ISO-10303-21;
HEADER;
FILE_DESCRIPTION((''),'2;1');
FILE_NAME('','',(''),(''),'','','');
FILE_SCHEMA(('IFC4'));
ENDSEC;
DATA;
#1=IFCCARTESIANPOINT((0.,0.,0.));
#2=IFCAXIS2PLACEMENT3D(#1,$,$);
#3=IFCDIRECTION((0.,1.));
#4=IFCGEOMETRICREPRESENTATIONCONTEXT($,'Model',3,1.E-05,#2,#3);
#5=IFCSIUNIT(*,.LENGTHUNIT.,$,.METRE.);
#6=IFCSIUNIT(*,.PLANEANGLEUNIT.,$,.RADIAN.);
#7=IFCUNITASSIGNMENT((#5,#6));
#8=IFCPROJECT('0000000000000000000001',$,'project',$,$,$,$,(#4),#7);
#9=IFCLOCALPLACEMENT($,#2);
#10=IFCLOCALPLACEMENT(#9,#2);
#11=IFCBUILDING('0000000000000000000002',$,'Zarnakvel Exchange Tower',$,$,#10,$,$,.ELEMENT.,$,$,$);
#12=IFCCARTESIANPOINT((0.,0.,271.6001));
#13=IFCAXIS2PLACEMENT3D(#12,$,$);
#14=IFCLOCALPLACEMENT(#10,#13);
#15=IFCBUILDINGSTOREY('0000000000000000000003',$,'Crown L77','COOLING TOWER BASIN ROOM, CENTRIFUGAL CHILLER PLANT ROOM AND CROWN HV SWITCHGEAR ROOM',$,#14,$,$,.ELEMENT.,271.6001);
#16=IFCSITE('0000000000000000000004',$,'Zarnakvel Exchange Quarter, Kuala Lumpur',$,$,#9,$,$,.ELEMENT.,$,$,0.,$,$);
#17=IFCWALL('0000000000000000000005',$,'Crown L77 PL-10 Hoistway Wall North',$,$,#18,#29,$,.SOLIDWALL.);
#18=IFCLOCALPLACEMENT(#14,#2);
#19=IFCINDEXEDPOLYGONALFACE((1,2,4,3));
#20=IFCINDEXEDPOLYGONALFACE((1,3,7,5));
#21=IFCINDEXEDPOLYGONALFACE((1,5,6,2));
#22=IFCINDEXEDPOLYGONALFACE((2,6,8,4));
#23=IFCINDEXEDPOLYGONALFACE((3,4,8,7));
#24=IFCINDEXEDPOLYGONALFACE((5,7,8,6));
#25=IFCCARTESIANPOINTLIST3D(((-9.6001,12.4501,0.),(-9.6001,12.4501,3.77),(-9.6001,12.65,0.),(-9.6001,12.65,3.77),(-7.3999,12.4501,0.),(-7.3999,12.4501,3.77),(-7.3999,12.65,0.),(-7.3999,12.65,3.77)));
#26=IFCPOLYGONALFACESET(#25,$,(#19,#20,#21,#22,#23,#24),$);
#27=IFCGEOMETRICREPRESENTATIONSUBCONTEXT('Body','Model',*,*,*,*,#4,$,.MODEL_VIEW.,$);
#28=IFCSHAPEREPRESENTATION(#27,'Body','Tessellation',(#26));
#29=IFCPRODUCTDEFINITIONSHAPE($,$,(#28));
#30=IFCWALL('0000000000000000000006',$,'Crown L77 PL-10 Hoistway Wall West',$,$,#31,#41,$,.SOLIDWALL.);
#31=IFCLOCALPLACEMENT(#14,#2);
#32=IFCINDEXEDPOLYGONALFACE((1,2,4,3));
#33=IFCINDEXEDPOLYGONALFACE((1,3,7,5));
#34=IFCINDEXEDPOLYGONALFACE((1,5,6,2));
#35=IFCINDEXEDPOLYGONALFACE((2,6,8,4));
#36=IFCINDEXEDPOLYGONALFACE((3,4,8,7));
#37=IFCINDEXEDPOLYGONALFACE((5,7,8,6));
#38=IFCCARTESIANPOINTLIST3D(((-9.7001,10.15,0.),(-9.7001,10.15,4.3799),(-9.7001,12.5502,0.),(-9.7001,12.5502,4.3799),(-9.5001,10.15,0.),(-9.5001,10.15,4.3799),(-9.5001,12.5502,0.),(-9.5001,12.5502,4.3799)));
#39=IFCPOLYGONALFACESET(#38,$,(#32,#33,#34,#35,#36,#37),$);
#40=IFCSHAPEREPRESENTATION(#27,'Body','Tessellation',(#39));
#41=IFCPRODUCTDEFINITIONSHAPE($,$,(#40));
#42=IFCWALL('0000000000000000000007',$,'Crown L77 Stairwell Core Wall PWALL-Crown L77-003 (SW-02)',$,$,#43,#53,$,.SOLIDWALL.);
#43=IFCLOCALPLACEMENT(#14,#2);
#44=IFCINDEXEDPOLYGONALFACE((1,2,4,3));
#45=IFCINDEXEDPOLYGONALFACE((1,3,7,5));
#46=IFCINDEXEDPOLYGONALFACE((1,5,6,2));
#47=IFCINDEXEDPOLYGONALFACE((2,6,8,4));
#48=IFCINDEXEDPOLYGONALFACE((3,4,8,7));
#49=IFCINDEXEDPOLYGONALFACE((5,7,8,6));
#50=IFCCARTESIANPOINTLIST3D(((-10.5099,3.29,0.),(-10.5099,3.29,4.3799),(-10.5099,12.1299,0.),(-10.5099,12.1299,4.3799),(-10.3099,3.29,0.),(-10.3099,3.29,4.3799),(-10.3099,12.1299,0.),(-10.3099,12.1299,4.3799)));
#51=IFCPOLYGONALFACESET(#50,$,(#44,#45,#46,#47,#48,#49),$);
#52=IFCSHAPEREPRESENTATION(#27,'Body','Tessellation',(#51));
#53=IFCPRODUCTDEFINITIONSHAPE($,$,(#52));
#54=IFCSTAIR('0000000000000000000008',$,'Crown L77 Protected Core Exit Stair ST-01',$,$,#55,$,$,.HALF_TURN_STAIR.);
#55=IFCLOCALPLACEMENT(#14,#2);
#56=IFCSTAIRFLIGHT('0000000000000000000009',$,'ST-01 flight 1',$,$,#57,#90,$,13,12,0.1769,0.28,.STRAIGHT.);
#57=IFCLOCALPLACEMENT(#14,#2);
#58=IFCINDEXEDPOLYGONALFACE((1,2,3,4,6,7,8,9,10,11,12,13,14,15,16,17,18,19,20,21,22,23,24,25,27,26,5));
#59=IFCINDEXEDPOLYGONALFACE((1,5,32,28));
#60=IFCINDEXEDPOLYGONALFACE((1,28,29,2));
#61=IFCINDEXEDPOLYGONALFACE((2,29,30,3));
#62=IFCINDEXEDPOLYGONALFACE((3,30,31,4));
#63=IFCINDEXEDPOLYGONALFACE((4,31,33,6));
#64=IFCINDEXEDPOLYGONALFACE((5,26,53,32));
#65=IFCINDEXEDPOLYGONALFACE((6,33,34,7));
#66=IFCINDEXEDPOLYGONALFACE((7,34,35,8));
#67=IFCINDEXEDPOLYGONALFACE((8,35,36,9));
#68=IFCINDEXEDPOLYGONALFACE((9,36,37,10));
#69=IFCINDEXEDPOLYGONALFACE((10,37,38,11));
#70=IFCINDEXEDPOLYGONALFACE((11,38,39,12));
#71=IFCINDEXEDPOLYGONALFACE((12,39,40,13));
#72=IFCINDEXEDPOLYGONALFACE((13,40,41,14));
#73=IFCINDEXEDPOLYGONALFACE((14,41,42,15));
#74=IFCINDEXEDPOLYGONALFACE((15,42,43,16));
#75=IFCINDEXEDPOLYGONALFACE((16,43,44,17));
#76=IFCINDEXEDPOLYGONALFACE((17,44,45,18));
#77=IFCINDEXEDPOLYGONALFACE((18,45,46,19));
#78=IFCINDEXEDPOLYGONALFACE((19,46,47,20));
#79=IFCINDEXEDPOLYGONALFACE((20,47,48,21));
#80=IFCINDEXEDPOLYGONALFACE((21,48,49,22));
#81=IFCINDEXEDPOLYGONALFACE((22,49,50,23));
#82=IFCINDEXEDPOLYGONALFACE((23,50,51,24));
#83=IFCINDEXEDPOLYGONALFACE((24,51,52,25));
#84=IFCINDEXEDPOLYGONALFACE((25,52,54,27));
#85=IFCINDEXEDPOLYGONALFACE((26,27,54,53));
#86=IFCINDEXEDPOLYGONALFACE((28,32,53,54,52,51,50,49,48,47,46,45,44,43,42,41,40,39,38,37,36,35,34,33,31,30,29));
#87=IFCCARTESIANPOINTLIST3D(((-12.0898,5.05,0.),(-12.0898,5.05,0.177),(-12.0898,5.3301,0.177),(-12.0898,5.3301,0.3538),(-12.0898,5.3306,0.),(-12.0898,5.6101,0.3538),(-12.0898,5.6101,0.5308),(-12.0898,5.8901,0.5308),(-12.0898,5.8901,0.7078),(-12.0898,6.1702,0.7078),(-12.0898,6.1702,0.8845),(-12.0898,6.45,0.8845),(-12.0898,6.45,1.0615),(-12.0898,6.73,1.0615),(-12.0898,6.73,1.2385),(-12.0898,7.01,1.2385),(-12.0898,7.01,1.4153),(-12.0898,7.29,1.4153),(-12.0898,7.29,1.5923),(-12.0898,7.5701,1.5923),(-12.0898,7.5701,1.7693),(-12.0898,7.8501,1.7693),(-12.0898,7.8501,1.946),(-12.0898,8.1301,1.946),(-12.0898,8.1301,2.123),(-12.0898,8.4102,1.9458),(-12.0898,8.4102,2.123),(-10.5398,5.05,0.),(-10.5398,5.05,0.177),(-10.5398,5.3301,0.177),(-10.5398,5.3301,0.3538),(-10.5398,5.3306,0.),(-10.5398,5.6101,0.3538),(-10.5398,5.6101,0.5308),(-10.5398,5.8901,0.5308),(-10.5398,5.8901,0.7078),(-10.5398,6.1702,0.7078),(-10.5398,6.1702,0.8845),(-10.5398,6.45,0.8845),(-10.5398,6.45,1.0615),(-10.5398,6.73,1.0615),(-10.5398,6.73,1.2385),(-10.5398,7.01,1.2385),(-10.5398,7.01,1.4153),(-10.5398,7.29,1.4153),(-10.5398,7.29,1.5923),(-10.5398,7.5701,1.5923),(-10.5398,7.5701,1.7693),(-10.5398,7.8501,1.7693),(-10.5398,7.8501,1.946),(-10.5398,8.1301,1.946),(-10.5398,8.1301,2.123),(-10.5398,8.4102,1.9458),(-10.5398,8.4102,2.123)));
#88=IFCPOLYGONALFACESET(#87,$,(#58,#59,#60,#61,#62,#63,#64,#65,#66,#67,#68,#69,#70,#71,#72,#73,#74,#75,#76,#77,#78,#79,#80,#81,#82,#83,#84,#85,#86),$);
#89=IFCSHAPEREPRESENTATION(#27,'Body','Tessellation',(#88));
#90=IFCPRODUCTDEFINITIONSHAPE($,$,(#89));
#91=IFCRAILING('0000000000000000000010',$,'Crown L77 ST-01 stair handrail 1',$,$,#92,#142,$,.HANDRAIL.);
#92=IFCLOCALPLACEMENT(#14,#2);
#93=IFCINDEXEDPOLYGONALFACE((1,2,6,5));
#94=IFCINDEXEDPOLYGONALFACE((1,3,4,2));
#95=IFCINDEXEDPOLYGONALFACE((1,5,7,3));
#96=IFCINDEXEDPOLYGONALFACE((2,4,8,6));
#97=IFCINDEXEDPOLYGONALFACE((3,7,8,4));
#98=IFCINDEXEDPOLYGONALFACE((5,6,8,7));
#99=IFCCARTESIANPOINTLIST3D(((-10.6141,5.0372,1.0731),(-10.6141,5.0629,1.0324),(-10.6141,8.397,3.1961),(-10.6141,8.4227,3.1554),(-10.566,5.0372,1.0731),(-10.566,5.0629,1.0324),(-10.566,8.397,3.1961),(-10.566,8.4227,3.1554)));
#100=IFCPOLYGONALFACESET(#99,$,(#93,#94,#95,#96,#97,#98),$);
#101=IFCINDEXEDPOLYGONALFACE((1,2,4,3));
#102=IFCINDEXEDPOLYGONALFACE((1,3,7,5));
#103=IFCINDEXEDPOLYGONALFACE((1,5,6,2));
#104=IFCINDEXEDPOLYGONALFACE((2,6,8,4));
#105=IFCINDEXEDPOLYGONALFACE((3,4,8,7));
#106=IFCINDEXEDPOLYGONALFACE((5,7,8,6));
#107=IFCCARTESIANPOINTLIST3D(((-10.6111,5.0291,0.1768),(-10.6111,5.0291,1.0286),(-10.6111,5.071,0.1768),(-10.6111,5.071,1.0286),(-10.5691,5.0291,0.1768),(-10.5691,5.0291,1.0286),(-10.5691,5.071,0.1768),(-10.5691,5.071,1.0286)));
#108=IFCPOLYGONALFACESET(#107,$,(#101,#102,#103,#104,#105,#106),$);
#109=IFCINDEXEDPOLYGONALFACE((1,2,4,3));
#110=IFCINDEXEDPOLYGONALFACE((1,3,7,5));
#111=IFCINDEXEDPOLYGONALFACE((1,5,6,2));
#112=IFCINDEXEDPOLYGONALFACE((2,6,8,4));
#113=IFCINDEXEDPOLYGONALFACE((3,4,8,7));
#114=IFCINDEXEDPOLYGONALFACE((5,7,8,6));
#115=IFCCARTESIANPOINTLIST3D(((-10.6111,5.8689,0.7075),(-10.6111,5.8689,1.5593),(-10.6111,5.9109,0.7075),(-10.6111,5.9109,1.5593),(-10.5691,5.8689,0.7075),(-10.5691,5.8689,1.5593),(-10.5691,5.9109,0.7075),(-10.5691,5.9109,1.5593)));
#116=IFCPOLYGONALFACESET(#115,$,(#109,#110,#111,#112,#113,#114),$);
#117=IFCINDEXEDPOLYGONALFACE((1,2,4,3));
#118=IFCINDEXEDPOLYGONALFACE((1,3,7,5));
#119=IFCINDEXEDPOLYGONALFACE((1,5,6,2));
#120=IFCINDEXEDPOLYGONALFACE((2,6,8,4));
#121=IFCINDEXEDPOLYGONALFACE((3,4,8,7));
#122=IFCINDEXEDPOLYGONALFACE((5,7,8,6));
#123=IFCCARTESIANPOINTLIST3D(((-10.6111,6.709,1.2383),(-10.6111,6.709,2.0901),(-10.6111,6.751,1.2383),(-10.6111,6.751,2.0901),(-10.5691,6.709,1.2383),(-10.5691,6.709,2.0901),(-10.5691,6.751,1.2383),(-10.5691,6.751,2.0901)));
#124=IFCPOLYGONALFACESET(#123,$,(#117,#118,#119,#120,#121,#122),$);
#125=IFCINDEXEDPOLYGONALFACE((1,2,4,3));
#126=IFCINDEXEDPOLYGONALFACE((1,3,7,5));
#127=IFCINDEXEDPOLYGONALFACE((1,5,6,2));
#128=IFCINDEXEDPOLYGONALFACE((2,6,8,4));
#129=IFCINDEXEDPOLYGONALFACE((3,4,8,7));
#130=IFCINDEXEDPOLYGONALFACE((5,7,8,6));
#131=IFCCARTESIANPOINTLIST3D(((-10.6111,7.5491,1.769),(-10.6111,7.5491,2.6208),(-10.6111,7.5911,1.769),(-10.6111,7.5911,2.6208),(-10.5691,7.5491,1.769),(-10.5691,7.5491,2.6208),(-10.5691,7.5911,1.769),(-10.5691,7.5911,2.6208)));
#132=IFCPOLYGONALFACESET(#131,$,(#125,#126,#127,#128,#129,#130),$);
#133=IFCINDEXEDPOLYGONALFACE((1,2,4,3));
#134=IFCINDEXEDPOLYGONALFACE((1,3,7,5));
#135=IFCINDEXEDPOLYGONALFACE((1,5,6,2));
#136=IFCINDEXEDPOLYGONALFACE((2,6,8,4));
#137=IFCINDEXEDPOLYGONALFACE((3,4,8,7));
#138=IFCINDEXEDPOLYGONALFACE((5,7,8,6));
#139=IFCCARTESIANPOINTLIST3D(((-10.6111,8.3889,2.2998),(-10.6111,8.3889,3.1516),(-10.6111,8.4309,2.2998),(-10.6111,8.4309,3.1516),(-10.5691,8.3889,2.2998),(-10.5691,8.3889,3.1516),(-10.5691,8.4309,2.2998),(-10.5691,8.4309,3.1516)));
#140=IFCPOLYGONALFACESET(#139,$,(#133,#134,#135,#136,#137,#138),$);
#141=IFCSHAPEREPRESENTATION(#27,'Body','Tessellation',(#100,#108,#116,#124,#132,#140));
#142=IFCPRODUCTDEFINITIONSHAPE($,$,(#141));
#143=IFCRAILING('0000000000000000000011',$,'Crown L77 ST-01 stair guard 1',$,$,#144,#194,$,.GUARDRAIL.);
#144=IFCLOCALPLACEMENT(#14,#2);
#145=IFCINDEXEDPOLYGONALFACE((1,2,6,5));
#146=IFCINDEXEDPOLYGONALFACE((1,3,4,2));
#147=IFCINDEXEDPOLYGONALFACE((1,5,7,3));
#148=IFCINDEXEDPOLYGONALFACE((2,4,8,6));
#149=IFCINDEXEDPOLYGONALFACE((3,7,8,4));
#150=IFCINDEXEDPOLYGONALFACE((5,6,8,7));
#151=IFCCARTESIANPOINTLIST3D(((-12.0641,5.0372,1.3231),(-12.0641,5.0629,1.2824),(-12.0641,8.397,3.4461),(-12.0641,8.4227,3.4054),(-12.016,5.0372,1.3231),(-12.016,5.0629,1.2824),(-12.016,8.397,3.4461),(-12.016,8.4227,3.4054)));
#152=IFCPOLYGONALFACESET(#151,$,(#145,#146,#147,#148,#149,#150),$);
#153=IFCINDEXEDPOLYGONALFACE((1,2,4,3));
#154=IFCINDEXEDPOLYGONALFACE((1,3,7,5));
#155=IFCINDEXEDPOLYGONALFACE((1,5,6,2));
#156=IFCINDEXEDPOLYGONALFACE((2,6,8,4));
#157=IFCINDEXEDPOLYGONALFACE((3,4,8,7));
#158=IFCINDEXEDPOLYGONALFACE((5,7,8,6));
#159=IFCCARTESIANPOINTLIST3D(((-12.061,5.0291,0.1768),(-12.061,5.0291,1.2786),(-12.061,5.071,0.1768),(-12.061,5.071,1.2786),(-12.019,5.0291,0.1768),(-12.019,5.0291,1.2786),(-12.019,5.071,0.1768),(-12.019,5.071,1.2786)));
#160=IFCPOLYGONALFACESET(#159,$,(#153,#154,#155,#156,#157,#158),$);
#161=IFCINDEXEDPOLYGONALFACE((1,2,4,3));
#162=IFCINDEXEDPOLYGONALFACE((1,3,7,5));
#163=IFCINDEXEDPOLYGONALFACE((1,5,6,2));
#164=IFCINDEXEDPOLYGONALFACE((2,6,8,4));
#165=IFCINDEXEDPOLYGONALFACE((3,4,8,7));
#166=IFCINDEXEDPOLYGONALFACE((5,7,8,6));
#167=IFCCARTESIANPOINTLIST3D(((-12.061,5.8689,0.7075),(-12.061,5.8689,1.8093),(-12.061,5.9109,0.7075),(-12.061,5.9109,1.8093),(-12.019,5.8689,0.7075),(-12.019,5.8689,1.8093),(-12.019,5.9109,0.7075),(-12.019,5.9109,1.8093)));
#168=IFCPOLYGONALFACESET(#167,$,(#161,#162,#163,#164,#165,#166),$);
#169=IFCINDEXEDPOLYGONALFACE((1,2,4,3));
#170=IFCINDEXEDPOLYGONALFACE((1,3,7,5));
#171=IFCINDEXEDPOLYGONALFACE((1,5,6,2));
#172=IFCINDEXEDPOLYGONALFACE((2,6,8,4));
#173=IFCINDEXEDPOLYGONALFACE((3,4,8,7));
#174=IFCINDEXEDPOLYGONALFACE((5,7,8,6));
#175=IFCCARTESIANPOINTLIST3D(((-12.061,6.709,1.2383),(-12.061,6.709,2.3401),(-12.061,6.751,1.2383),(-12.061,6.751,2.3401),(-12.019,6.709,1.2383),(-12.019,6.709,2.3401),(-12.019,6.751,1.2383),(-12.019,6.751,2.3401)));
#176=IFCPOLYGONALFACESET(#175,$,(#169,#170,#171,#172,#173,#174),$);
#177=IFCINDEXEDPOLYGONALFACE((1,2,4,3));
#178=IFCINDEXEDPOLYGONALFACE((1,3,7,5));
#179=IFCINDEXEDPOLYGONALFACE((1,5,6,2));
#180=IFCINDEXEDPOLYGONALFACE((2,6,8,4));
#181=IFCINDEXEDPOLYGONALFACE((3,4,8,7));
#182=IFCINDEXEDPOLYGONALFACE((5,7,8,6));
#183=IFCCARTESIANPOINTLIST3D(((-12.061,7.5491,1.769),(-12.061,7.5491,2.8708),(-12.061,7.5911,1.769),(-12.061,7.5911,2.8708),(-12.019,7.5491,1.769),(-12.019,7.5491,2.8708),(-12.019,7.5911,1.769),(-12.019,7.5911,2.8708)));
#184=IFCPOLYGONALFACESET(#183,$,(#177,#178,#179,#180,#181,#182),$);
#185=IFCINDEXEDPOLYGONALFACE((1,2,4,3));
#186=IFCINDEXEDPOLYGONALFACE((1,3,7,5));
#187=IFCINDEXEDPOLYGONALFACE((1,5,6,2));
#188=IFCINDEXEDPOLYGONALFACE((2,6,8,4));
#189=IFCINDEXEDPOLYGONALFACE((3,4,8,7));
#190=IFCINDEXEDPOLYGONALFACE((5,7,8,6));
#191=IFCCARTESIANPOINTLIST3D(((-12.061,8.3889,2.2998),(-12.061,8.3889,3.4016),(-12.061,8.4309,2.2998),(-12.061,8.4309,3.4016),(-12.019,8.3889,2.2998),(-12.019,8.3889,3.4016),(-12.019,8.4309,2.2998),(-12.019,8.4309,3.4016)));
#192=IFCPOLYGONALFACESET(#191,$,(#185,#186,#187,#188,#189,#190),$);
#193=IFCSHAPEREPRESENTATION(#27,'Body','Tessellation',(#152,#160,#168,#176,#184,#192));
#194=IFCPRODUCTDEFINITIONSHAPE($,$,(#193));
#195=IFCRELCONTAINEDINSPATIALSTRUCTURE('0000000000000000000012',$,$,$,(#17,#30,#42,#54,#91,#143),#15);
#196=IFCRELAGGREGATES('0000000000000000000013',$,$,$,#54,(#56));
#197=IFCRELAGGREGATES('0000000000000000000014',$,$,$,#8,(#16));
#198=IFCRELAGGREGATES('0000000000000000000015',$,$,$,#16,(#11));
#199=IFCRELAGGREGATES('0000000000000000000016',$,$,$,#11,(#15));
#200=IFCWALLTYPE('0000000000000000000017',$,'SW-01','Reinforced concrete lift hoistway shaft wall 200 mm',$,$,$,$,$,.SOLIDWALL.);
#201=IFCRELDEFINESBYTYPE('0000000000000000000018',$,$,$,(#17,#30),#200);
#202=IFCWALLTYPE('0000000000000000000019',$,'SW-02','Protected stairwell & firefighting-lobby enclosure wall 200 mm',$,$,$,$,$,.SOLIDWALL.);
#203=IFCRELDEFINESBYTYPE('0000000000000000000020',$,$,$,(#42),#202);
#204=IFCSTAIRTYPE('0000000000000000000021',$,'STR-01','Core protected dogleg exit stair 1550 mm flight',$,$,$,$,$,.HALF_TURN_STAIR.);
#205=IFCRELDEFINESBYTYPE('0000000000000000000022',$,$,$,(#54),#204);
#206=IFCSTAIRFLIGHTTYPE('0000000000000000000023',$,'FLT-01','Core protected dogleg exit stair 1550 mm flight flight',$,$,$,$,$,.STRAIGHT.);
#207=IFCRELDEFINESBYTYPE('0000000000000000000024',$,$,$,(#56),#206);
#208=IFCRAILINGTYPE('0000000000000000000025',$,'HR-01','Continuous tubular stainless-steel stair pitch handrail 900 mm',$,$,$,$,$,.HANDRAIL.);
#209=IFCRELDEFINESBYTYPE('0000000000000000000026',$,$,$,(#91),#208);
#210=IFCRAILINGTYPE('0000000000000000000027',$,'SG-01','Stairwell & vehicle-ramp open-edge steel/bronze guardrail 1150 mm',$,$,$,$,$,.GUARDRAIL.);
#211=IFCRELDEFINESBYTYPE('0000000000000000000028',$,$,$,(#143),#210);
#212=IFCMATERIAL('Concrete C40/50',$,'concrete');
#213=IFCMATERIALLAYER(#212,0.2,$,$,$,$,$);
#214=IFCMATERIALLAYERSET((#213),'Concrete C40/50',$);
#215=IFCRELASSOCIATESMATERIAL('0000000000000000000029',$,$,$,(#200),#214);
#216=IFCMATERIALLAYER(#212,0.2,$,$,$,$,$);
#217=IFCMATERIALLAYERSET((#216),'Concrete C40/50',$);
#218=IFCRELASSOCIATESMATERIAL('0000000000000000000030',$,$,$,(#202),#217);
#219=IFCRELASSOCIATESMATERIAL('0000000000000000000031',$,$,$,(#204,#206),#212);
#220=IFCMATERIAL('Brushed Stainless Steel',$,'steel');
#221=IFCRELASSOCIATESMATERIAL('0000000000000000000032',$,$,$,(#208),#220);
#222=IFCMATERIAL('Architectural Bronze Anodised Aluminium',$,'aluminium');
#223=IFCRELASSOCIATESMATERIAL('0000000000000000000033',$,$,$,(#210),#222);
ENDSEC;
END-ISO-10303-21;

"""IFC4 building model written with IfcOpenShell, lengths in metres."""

from ifc_helpers import new_model, si_unit, direction, frame, frame_2d, origin, origin_2d, place, context, subcontext, project, spatial, polyline, rectangle, outline, extrude, material, layer, layer_set, type_object, element, aggregate, save


model = new_model("IFC4")

# Units and contexts
model_context = context("Model", 3, precision=1e-05, world=origin(), true_north=direction((0.0, 1.0)))
body_context = subcontext(model_context, "Body", "Model", "MODEL_VIEW")
ifc_project = project(units=[si_unit("LENGTHUNIT", "METRE"), si_unit("PLANEANGLEUNIT", "RADIAN")], contexts=[model_context])

# Site, building, storey
site_placement = place(None, origin())
site = spatial("IfcSite", under=ifc_project, at=site_placement, Name="Zarnakvel Exchange Quarter, Kuala Lumpur", CompositionType="ELEMENT", RefElevation=0.0)
building_placement = place(site_placement, origin())
building = spatial("IfcBuilding", under=site, at=building_placement, Name="Zarnakvel Exchange Tower", CompositionType="ELEMENT")
storey_placement = place(building_placement, frame((0.0, 0.0, 271.6001)))
storey = spatial("IfcBuildingStorey", under=building, at=storey_placement, Name="Crown L77", Description="COOLING TOWER BASIN ROOM, CENTRIFUGAL CHILLER PLANT ROOM AND CROWN HV SWITCHGEAR ROOM", CompositionType="ELEMENT", Elevation=271.6001)

# Shared definitions
ifc_material_1 = material(Name="Concrete C40/50", Category="concrete")
ifc_layer_1 = layer(ifc_material_1, 0.2)
ifc_layer_set_1 = layer_set([ifc_layer_1], Name="Concrete C40/50")
wall_type_1 = type_object("IfcWallType", Name="SW-01", Description="Reinforced concrete lift hoistway shaft wall 200 mm", PredefinedType="SOLIDWALL", material=ifc_layer_set_1)
ifc_material_2 = material(Name="Brushed Stainless Steel", Category="steel")

# Walls
for number, where, z_axis, x_axis, name in (
    (1, (-9.6001, 12.55, 0.0), (0.0, 0.0, 1.0), (1.0, 0.0, 0.0), "Crown L77 PL-10 Hoistway Wall North"),
):
    element("IfcWall", number, at=place(storey_placement, frame(where, z_axis=z_axis, x_axis=x_axis)), inside=storey, type_object=wall_type_1, Name=name, PredefinedType="SOLIDWALL", context=body_context, shape_type="SweptSolid", body=[
        extrude(rectangle(XDim=2.2002, YDim=0.2, at=frame_2d((1.1001, 0.0))), origin(), (0.0, 0.0, 1.0), 3.77),
    ])
wall_1_placement = place(storey_placement, frame((-9.6001, 10.1499, 0.0), z_axis=(0.0, 0.0, 1.0), x_axis=(0.0, 1.0, 0.0)))
element("IfcWall", 2, at=wall_1_placement, inside=storey, type_object=wall_type_1, Name="Crown L77 PL-10 Hoistway Wall West", PredefinedType="SOLIDWALL", context=body_context, shape_type="SweptSolid", body=[
    extrude(rectangle(XDim=2.4001, YDim=0.2, at=frame_2d((1.2002, 0.0))), origin(), (0.0, 0.0, 1.0), 4.3799),
])

# Shared definitions
ifc_layer_2 = layer(ifc_material_1, 0.2)
ifc_layer_set_2 = layer_set([ifc_layer_2], Name="Concrete C40/50")
wall_type_2 = type_object("IfcWallType", Name="SW-02", Description="Protected stairwell & firefighting-lobby enclosure wall 200 mm", PredefinedType="SOLIDWALL", material=ifc_layer_set_2)

# Wall
wall_2_placement = place(storey_placement, frame((-10.4099, 12.1299, 0.0), z_axis=(0.0, 0.0, 1.0), x_axis=(0.0, -1.0, 0.0)))
element("IfcWall", 3, at=wall_2_placement, inside=storey, type_object=wall_type_2, Name="Crown L77 Stairwell Core Wall PWALL-Crown L77-003 (SW-02)", PredefinedType="SOLIDWALL", context=body_context, shape_type="SweptSolid", body=[
    extrude(rectangle(XDim=8.8398, YDim=0.2, at=frame_2d((4.4199, 0.0))), origin(), (0.0, 0.0, 1.0), 4.3799),
])

# Stair, stair flight
stair_type = type_object("IfcStairType", Name="STR-01", Description="Core protected dogleg exit stair 1550 mm flight", PredefinedType="HALF_TURN_STAIR", material=ifc_material_1)
stair_placement = place(storey_placement, origin())
stair = element("IfcStair", 4, at=stair_placement, inside=storey, type_object=stair_type, Name="Crown L77 Protected Core Exit Stair ST-01", PredefinedType="HALF_TURN_STAIR")
stair_flight_type = type_object("IfcStairFlightType", Name="FLT-01", Description="Core protected dogleg exit stair 1550 mm flight flight", PredefinedType="STRAIGHT", material=ifc_material_1)
stair_flight_placement = place(storey_placement, frame((-11.3149, 5.05, 0.0), z_axis=(0.0, 0.0, 1.0), x_axis=(0.0, 1.0, 0.0)))
stair_flight = element("IfcStairFlight", 5, at=stair_flight_placement, type_object=stair_flight_type, Name="ST-01 flight 1", NumberOfRisers=13, NumberOfTreads=12, PredefinedType="STRAIGHT", RiserHeight=0.1769, TreadLength=0.28, context=body_context, shape_type="SweptSolid", body=[
    extrude(outline(polyline([(0.0, 0.0), (0.0, 0.177), (0.28, 0.177), (0.28, 0.3538), (0.5601, 0.3538), (0.5601, 0.5308), (0.8401, 0.5308), (0.8401, 0.7078), (1.1201, 0.7078), (1.1201, 0.8845), (1.3999, 0.8845), (1.3999, 1.0615), (1.6799, 1.0615), (1.6799, 1.2385), (1.96, 1.2385), (1.96, 1.4153), (2.24, 1.4153), (2.24, 1.5923), (2.52, 1.5923), (2.52, 1.7693), (2.8, 1.7693), (2.8, 1.946), (3.0801, 1.946), (3.0801, 2.123), (3.3601, 2.123), (3.3601, 2.3), (3.3601, 1.9458), (0.2805, 0.0), (0.0, 0.0)])), frame((0.0, 0.7749, 0.0), z_axis=(0.0, -1.0, 0.0), x_axis=(1.0, 0.0, 0.0)), (0.0, 0.0, 1.0), 1.55),
])
aggregate(stair, [stair_flight])

# Railings
railing_type_1 = type_object("IfcRailingType", Name="HR-01", Description="Continuous tubular stainless-steel stair pitch handrail 900 mm", PredefinedType="HANDRAIL", material=ifc_material_2)
railing_1_placement = place(storey_placement, frame((-10.5901, 5.05, 0.1768)))
element("IfcRailing", 6, at=railing_1_placement, inside=storey, type_object=railing_type_1, Name="Crown L77 ST-01 stair handrail 1", PredefinedType="HANDRAIL", context=body_context, shape_type="SweptSolid", body=[
    extrude(rectangle(XDim=0.0481, YDim=0.0481, at=origin_2d()), frame((0.0, 0.0, 0.876), z_axis=(0.0, 0.845372, 0.534178), x_axis=(-1.0, 0.0, 0.0)), (0.0, 0.0, 1.0), 3.9744),
    extrude(rectangle(XDim=0.042, YDim=0.042, at=origin_2d()), origin(), (0.0, 0.0, 1.0), 0.8518),
    extrude(rectangle(XDim=0.042, YDim=0.042, at=origin_2d()), frame((0.0, 0.8398, 0.5308)), (0.0, 0.0, 1.0), 0.8518),
    extrude(rectangle(XDim=0.042, YDim=0.042, at=origin_2d()), frame((0.0, 1.6799, 1.0615)), (0.0, 0.0, 1.0), 0.8518),
    extrude(rectangle(XDim=0.042, YDim=0.042, at=origin_2d()), frame((0.0, 2.52, 1.5923)), (0.0, 0.0, 1.0), 0.8518),
    extrude(rectangle(XDim=0.042, YDim=0.042, at=origin_2d()), frame((0.0, 3.3599, 2.123)), (0.0, 0.0, 1.0), 0.8518),
])
ifc_material_3 = material(Name="Architectural Bronze Anodised Aluminium", Category="aluminium")
railing_type_2 = type_object("IfcRailingType", Name="SG-01", Description="Stairwell & vehicle-ramp open-edge steel/bronze guardrail 1150 mm", PredefinedType="GUARDRAIL", material=ifc_material_3)
railing_2_placement = place(storey_placement, frame((-12.04, 5.05, 0.1768)))
element("IfcRailing", 7, at=railing_2_placement, inside=storey, type_object=railing_type_2, Name="Crown L77 ST-01 stair guard 1", PredefinedType="GUARDRAIL", context=body_context, shape_type="SweptSolid", body=[
    extrude(rectangle(XDim=0.0481, YDim=0.0481, at=origin_2d()), frame((0.0, 0.0, 1.126), z_axis=(0.0, 0.845372, 0.534178), x_axis=(-1.0, 0.0, 0.0)), (0.0, 0.0, 1.0), 3.9744),
    extrude(rectangle(XDim=0.042, YDim=0.042, at=origin_2d()), origin(), (0.0, 0.0, 1.0), 1.1018),
    extrude(rectangle(XDim=0.042, YDim=0.042, at=origin_2d()), frame((0.0, 0.8398, 0.5308)), (0.0, 0.0, 1.0), 1.1018),
    extrude(rectangle(XDim=0.042, YDim=0.042, at=origin_2d()), frame((0.0, 1.6799, 1.0615)), (0.0, 0.0, 1.0), 1.1018),
    extrude(rectangle(XDim=0.042, YDim=0.042, at=origin_2d()), frame((0.0, 2.52, 1.5923)), (0.0, 0.0, 1.0), 1.1018),
    extrude(rectangle(XDim=0.042, YDim=0.042, at=origin_2d()), frame((0.0, 3.3599, 2.123)), (0.0, 0.0, 1.0), 1.1018),
])

save(model, "model.ifc")
